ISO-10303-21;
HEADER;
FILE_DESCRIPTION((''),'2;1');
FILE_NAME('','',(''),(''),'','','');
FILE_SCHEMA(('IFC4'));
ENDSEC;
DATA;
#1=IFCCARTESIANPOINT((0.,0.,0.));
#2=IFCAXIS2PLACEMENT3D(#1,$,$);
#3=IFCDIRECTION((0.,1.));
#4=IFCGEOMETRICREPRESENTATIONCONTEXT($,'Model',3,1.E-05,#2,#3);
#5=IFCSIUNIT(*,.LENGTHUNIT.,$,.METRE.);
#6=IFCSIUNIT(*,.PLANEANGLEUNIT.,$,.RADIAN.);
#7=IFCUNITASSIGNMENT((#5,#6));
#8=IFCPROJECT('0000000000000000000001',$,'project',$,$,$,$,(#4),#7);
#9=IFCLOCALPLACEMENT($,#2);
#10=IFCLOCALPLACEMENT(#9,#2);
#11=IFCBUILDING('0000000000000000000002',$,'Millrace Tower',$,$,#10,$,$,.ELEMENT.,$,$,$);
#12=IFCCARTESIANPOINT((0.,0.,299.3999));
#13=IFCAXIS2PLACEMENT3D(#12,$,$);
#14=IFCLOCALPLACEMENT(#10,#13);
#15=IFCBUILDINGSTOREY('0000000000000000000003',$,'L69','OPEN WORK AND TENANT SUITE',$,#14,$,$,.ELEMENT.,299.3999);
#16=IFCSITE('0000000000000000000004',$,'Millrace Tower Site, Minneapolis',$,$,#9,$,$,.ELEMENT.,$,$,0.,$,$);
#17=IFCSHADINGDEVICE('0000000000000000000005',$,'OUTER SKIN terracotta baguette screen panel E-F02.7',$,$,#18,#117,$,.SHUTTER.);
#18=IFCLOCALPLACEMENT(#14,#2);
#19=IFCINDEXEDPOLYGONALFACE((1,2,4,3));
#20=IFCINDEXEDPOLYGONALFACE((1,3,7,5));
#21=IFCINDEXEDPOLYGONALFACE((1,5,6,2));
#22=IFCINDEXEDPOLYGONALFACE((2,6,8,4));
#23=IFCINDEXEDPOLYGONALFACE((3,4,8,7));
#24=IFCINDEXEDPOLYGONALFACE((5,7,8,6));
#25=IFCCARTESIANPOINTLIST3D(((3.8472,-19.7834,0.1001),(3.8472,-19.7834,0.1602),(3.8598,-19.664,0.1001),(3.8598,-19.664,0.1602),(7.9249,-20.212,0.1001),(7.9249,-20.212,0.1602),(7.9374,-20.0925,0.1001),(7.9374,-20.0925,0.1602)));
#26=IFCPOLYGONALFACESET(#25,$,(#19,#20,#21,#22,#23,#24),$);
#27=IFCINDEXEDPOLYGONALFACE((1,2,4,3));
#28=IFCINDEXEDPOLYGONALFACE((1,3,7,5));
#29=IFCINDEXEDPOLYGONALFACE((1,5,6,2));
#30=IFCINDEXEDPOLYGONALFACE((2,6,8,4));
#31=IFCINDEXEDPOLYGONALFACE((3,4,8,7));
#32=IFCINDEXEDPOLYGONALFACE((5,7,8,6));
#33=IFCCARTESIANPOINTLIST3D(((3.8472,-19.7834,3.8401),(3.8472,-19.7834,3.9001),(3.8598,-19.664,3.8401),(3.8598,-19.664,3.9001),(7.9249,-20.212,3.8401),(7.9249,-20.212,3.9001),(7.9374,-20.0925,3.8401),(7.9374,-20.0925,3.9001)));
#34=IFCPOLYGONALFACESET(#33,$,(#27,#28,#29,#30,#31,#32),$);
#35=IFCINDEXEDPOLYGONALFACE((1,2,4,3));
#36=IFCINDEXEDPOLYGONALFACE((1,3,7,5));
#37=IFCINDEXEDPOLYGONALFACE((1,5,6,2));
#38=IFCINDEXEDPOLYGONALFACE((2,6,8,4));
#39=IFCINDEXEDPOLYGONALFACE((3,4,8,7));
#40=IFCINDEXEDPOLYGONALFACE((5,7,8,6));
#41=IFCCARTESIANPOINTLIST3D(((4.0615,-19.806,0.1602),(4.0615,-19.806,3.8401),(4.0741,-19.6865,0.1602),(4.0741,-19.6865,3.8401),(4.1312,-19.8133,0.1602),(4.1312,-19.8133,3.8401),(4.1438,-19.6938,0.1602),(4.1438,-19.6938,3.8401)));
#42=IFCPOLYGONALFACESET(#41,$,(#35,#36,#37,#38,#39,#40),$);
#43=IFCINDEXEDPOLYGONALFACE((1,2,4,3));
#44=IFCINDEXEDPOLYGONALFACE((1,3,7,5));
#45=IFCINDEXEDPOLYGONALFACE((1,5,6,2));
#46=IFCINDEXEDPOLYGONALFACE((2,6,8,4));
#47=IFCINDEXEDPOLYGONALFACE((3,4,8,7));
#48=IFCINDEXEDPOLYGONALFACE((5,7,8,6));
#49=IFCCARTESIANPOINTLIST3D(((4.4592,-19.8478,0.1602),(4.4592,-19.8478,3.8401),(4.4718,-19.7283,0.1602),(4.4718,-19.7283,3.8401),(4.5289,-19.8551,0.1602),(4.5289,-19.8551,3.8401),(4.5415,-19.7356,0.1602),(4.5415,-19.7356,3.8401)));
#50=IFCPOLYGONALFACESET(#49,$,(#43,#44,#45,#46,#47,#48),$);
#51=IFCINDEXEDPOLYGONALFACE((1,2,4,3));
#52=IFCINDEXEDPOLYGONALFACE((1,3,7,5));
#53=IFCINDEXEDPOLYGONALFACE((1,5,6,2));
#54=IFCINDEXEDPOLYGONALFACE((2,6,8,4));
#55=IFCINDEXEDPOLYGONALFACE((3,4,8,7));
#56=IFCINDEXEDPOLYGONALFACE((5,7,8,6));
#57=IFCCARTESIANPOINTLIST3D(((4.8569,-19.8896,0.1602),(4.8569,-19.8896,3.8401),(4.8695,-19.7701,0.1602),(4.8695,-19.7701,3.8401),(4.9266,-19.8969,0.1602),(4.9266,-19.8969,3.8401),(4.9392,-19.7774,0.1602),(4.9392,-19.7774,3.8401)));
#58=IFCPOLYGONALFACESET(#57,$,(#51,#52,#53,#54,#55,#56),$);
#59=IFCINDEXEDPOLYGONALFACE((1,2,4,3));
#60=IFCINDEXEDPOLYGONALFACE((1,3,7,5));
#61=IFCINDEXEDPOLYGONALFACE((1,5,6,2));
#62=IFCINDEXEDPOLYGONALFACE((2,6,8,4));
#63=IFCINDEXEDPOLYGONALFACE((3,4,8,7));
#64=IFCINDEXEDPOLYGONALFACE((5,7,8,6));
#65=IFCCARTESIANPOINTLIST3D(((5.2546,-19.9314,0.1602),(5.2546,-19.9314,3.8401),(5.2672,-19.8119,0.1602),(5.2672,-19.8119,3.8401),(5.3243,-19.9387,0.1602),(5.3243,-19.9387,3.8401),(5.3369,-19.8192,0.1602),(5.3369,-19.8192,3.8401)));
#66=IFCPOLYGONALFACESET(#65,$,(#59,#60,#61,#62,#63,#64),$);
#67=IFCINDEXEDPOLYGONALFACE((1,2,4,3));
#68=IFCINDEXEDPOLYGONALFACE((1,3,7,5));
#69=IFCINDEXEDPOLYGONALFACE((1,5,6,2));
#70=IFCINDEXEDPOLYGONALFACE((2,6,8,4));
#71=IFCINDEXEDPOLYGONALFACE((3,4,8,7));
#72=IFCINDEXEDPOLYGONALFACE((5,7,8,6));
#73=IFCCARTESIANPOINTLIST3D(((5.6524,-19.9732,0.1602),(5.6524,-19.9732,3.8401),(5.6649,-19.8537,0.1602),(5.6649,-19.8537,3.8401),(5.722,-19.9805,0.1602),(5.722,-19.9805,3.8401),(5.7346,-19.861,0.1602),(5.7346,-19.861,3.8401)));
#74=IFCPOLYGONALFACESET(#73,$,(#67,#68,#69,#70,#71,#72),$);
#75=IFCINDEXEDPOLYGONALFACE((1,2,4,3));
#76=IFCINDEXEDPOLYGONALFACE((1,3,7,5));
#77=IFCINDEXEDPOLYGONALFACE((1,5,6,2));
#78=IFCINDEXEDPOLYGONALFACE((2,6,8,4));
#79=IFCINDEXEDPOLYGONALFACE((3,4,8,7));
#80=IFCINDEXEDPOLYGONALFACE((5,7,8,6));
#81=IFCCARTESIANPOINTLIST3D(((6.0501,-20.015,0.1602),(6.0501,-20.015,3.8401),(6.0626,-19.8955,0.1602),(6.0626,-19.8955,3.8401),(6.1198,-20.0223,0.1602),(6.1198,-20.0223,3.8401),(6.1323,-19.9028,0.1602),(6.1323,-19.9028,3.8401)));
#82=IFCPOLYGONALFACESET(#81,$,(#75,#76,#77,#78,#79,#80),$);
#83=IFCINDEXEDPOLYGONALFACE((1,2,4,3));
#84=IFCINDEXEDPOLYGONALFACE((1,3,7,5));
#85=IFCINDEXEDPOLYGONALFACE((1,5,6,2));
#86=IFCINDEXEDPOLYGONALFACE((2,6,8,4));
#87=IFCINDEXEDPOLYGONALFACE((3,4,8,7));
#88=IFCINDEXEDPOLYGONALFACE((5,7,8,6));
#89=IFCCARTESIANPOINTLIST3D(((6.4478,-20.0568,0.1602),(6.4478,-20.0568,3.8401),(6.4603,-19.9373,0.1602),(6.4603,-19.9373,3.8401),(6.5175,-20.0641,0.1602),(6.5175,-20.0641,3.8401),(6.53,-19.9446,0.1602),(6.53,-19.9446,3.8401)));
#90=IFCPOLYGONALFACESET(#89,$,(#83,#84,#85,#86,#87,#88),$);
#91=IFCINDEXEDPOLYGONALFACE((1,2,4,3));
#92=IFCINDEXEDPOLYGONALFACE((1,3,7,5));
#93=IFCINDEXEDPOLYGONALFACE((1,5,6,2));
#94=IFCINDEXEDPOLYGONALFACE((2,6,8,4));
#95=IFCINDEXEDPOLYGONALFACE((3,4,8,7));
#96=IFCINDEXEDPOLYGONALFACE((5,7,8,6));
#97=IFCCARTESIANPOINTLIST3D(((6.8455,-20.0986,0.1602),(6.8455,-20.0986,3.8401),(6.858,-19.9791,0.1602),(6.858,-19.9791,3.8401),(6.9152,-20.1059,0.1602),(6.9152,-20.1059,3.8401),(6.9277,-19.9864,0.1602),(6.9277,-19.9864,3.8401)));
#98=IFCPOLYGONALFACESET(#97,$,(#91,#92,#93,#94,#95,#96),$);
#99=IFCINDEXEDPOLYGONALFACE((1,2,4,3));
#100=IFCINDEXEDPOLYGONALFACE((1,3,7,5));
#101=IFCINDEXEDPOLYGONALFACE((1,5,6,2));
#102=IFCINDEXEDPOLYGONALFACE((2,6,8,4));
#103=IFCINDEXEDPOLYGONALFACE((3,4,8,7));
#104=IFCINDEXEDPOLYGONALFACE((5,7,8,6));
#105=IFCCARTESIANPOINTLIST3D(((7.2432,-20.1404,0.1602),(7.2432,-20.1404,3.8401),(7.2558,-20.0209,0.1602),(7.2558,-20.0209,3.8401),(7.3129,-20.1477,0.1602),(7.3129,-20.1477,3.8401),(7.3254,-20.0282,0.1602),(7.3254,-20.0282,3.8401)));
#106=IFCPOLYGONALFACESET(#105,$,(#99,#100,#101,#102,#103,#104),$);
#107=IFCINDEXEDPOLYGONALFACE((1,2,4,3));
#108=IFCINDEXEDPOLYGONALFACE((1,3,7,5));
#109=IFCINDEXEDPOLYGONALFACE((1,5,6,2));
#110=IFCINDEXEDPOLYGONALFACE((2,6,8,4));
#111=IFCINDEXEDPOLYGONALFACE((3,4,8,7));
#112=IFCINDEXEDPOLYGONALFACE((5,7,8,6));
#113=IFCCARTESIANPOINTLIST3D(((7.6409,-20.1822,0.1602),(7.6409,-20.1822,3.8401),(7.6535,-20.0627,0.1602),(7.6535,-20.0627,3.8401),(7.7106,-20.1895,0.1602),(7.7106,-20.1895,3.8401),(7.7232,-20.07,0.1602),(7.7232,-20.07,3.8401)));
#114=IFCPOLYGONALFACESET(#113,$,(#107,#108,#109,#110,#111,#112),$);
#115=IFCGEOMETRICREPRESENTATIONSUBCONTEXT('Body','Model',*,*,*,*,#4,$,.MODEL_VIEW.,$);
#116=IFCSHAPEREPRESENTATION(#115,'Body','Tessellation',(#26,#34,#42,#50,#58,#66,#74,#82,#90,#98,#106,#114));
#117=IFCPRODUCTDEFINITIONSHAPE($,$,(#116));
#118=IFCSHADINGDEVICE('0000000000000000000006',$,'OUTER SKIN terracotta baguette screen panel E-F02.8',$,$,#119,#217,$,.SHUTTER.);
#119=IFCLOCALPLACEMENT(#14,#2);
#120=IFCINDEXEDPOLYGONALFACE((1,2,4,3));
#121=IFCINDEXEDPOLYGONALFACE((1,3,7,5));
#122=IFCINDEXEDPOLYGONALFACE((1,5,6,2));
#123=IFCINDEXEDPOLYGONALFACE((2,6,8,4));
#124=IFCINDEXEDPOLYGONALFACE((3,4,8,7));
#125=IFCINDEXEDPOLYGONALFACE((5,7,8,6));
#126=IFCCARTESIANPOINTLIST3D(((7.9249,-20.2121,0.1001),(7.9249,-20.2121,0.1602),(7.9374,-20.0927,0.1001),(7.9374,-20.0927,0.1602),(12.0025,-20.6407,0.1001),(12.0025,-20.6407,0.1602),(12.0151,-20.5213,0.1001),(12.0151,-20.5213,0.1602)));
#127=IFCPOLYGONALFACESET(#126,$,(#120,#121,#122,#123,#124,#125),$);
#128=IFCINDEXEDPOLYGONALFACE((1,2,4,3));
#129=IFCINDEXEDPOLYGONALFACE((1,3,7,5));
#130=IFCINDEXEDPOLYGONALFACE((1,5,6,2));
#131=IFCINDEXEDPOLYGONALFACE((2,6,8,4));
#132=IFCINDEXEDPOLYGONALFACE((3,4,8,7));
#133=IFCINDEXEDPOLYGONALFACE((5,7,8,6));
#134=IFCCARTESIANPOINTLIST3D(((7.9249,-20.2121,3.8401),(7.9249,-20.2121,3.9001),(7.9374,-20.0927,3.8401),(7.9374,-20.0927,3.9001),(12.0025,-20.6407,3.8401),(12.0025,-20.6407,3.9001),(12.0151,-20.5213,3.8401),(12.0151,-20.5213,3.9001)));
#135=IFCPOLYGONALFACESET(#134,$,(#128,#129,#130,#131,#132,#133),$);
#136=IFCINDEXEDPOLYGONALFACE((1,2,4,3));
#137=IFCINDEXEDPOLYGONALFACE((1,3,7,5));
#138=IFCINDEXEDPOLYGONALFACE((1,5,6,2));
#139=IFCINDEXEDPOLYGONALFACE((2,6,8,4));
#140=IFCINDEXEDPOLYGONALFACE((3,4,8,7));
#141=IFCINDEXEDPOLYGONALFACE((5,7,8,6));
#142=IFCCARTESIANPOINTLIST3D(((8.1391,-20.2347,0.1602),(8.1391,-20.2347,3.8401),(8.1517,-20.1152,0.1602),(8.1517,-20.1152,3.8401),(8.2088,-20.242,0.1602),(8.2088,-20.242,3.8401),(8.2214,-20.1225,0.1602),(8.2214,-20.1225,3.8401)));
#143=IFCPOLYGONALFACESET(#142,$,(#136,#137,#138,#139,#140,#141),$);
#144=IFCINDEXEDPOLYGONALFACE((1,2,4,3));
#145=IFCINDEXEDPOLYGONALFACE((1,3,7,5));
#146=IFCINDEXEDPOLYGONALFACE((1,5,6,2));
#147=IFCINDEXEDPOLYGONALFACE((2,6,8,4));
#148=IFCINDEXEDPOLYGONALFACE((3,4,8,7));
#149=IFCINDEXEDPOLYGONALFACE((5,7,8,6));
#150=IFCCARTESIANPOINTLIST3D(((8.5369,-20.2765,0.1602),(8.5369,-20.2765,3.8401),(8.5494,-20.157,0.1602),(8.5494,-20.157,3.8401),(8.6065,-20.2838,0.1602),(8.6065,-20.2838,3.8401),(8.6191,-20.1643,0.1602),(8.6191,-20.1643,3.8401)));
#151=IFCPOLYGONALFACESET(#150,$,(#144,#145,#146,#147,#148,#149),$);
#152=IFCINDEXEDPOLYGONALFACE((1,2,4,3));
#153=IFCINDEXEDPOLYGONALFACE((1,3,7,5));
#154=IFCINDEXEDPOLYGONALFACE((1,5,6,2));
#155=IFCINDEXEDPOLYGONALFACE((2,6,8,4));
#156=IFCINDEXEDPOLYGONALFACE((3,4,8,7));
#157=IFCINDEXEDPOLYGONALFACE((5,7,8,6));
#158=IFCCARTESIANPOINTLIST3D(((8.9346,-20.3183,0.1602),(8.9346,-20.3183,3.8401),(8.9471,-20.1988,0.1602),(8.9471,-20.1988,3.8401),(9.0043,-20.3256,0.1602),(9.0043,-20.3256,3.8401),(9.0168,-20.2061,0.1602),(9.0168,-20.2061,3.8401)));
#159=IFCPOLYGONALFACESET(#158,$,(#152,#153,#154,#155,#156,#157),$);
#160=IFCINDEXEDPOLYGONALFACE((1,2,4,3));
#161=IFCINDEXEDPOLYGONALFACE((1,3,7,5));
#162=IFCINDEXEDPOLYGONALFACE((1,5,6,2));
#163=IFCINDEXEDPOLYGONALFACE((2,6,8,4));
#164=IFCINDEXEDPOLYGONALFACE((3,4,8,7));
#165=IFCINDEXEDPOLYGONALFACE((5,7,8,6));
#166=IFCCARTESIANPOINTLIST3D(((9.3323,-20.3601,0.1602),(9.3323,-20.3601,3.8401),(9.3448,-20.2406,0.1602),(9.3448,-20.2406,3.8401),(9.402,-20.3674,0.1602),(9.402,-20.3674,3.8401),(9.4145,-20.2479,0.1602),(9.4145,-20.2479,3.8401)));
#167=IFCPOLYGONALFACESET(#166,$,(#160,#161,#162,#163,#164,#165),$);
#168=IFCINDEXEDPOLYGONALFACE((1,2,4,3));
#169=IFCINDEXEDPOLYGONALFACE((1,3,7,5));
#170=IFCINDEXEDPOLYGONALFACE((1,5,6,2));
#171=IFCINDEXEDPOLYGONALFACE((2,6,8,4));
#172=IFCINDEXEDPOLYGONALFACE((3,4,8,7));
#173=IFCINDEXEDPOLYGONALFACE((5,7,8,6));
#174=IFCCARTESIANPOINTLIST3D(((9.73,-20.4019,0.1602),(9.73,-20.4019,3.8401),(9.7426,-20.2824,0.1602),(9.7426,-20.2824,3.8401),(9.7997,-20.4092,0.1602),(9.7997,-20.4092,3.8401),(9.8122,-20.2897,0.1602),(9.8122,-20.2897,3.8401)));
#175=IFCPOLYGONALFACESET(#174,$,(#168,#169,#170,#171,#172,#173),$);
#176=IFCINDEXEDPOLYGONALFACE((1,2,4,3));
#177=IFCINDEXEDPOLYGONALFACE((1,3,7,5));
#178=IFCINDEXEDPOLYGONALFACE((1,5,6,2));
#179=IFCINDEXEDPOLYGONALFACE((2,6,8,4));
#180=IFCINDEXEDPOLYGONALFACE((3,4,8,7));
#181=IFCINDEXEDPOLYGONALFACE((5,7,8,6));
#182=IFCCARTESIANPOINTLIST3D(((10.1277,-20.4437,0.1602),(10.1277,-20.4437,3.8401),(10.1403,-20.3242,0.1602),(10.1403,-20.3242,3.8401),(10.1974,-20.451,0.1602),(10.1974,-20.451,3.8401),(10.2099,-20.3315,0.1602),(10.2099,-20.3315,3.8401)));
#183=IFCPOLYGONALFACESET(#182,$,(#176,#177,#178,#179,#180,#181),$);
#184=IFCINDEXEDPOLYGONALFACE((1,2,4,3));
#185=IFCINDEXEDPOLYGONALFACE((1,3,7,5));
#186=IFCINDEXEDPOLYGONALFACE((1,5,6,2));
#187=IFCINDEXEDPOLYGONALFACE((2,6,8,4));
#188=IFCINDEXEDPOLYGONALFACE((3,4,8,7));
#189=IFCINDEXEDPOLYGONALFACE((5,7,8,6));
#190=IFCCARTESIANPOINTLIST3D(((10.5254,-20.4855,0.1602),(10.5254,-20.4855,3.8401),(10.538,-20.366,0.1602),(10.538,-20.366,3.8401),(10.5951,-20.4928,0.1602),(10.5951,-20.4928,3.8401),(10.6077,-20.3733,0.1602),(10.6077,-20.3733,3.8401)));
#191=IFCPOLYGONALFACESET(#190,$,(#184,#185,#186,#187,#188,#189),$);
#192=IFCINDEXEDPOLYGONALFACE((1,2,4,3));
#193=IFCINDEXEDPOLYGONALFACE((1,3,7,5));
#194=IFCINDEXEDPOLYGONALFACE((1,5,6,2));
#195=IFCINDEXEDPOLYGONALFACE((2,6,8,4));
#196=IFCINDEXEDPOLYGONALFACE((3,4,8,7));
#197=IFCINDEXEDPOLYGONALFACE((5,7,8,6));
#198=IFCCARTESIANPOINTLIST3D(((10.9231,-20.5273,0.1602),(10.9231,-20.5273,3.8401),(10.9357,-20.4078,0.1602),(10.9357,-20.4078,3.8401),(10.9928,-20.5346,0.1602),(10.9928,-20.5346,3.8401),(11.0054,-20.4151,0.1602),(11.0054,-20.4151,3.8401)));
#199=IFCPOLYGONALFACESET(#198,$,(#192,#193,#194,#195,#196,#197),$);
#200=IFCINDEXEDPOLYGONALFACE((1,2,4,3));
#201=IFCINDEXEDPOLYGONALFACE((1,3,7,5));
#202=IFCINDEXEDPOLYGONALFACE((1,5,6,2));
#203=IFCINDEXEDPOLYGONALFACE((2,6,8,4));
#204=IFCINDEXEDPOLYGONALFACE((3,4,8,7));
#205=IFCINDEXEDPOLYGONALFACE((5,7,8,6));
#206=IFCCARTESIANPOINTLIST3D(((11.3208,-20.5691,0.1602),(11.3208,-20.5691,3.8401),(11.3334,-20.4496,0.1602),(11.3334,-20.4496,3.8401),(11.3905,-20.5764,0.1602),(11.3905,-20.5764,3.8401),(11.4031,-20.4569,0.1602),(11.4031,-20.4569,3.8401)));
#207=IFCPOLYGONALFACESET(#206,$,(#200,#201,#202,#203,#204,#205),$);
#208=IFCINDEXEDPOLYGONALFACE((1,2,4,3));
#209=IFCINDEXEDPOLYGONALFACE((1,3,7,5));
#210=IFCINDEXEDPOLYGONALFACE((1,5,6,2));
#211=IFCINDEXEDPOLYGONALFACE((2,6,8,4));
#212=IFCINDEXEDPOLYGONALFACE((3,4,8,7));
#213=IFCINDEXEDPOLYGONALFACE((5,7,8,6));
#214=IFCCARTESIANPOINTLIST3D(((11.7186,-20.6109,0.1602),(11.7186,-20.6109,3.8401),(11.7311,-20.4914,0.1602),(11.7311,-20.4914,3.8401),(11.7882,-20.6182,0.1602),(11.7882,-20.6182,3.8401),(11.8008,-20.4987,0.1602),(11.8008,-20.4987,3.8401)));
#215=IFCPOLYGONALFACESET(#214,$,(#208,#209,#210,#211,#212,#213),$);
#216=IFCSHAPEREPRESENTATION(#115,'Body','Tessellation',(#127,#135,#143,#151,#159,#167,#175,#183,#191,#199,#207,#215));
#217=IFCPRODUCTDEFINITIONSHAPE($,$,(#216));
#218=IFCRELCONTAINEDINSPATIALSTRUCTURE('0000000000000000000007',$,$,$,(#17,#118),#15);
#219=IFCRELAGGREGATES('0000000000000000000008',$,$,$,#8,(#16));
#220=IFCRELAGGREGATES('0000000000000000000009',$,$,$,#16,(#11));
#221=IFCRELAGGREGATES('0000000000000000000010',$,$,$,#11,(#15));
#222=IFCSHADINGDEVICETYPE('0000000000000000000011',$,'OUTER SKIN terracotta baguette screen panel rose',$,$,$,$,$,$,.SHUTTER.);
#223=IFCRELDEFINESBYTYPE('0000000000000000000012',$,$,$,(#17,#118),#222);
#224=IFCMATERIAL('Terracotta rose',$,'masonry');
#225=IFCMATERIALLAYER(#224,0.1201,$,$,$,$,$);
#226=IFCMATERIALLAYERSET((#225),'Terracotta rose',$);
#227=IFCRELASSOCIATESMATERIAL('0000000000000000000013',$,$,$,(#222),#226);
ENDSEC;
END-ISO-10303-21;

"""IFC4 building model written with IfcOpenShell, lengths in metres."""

from ifc_helpers import new_model, entity, si_unit, direction, frame, frame_2d, origin, place, context, subcontext, project, spatial, rectangle, extrude, source, transform, mapped, material, layer, layer_set, type_object, element, save


model = new_model("IFC4")

# Units and contexts
model_context = context("Model", 3, precision=1e-05, world=origin(), true_north=direction((0.0, 1.0)))
body_context = subcontext(model_context, "Body", "Model", "MODEL_VIEW")
ifc_project = project(units=[si_unit("LENGTHUNIT", "METRE"), si_unit("PLANEANGLEUNIT", "RADIAN")], contexts=[model_context])

# Site, building, storey
site_placement = place(None, origin())
site = spatial("IfcSite", under=ifc_project, at=site_placement, Name="Millrace Tower Site, Minneapolis", CompositionType="ELEMENT", RefElevation=0.0)
building_placement = place(site_placement, origin())
building = spatial("IfcBuilding", under=site, at=building_placement, Name="Millrace Tower", CompositionType="ELEMENT")
storey_placement = place(building_placement, frame((0.0, 0.0, 299.3999)))
storey = spatial("IfcBuildingStorey", under=building, at=storey_placement, Name="L69", Description="OPEN WORK AND TENANT SUITE", CompositionType="ELEMENT", Elevation=299.3999)

# Shading devices
ifc_material_1 = material(Name="Terracotta rose", Category="masonry")
ifc_layer_1 = layer(ifc_material_1, 0.1201)
ifc_layer_set_1 = layer_set([ifc_layer_1], Name="Terracotta rose")
shading_device_type = type_object("IfcShadingDeviceType", Name="OUTER SKIN terracotta baguette screen panel rose", PredefinedType="SHUTTER", material=ifc_layer_set_1)
cartesian_point = entity("IfcCartesianPoint", [-2.05, 0.0601])
shared_polyline = entity("IfcPolyline", [cartesian_point, entity("IfcCartesianPoint", [2.05, 0.0601]), entity("IfcCartesianPoint", [2.05, -0.0601]), entity("IfcCartesianPoint", [-2.05, -0.0601]), cartesian_point])
shared_shape = source(origin(), body_context, "Body", "SweptSolid", [
    entity("IfcExtrudedAreaSolid", entity("IfcArbitraryClosedProfileDef", "AREA", None, shared_polyline), entity("IfcAxis2Placement3D", entity("IfcCartesianPoint", [0.0, 0.0, 0.0])), entity("IfcDirection", [0.0, 0.0, 1.0]), 0.0601),
    entity("IfcExtrudedAreaSolid", entity("IfcArbitraryClosedProfileDef", "AREA", None, shared_polyline), entity("IfcAxis2Placement3D", entity("IfcCartesianPoint", [0.0, 0.0, 3.74])), entity("IfcDirection", [0.0, 0.0, 1.0]), 0.0601),
    extrude(rectangle(XDim=0.0701, YDim=0.1201, at=frame_2d((-1.7996, 0.0))), frame((0.0, 0.0, 0.0601)), (0.0, 0.0, 1.0), 3.6799),
    extrude(rectangle(XDim=0.0701, YDim=0.1201, at=frame_2d((-1.3997, 0.0))), frame((0.0, 0.0, 0.0601)), (0.0, 0.0, 1.0), 3.6799),
    extrude(rectangle(XDim=0.0701, YDim=0.1201, at=frame_2d((-0.9998, 0.0))), frame((0.0, 0.0, 0.0601)), (0.0, 0.0, 1.0), 3.6799),
    extrude(rectangle(XDim=0.0701, YDim=0.1201, at=frame_2d((-0.5999, 0.0))), frame((0.0, 0.0, 0.0601)), (0.0, 0.0, 1.0), 3.6799),
    extrude(rectangle(XDim=0.0701, YDim=0.1201, at=frame_2d((-0.2, 0.0))), frame((0.0, 0.0, 0.0601)), (0.0, 0.0, 1.0), 3.6799),
    extrude(rectangle(XDim=0.0701, YDim=0.1201, at=frame_2d((0.2, 0.0))), frame((0.0, 0.0, 0.0601)), (0.0, 0.0, 1.0), 3.6799),
    extrude(rectangle(XDim=0.0701, YDim=0.1201, at=frame_2d((0.5999, 0.0))), frame((0.0, 0.0, 0.0601)), (0.0, 0.0, 1.0), 3.6799),
    extrude(rectangle(XDim=0.0701, YDim=0.1201, at=frame_2d((0.9998, 0.0))), frame((0.0, 0.0, 0.0601)), (0.0, 0.0, 1.0), 3.6799),
    extrude(rectangle(XDim=0.0701, YDim=0.1201, at=frame_2d((1.3997, 0.0))), frame((0.0, 0.0, 0.0601)), (0.0, 0.0, 1.0), 3.6799),
    extrude(rectangle(XDim=0.0701, YDim=0.1201, at=frame_2d((1.7996, 0.0))), frame((0.0, 0.0, 0.0601)), (0.0, 0.0, 1.0), 3.6799),
])
for number, where, z_axis, x_axis, name in (
    (1, (5.8923, -19.938, 0.1001), (0.0, 0.0, 1.0), (0.994522, -0.104528, 0.0), "OUTER SKIN terracotta baguette screen panel E-F02.7"),
    (2, (9.97, -20.3667, 0.1001), (0.0, 0.0, 1.0), (0.994522, -0.104528, 0.0), "OUTER SKIN terracotta baguette screen panel E-F02.8"),
):
    element("IfcShadingDevice", number, at=place(storey_placement, frame(where, z_axis=z_axis, x_axis=x_axis)), inside=storey, type_object=shading_device_type, Name=name, PredefinedType="SHUTTER", context=body_context, shape_type="MappedRepresentation", body=[
        mapped(shared_shape, transform((0.0, 0.0, 0.0), scale=1.0)),
    ])

save(model, "model.ifc")
